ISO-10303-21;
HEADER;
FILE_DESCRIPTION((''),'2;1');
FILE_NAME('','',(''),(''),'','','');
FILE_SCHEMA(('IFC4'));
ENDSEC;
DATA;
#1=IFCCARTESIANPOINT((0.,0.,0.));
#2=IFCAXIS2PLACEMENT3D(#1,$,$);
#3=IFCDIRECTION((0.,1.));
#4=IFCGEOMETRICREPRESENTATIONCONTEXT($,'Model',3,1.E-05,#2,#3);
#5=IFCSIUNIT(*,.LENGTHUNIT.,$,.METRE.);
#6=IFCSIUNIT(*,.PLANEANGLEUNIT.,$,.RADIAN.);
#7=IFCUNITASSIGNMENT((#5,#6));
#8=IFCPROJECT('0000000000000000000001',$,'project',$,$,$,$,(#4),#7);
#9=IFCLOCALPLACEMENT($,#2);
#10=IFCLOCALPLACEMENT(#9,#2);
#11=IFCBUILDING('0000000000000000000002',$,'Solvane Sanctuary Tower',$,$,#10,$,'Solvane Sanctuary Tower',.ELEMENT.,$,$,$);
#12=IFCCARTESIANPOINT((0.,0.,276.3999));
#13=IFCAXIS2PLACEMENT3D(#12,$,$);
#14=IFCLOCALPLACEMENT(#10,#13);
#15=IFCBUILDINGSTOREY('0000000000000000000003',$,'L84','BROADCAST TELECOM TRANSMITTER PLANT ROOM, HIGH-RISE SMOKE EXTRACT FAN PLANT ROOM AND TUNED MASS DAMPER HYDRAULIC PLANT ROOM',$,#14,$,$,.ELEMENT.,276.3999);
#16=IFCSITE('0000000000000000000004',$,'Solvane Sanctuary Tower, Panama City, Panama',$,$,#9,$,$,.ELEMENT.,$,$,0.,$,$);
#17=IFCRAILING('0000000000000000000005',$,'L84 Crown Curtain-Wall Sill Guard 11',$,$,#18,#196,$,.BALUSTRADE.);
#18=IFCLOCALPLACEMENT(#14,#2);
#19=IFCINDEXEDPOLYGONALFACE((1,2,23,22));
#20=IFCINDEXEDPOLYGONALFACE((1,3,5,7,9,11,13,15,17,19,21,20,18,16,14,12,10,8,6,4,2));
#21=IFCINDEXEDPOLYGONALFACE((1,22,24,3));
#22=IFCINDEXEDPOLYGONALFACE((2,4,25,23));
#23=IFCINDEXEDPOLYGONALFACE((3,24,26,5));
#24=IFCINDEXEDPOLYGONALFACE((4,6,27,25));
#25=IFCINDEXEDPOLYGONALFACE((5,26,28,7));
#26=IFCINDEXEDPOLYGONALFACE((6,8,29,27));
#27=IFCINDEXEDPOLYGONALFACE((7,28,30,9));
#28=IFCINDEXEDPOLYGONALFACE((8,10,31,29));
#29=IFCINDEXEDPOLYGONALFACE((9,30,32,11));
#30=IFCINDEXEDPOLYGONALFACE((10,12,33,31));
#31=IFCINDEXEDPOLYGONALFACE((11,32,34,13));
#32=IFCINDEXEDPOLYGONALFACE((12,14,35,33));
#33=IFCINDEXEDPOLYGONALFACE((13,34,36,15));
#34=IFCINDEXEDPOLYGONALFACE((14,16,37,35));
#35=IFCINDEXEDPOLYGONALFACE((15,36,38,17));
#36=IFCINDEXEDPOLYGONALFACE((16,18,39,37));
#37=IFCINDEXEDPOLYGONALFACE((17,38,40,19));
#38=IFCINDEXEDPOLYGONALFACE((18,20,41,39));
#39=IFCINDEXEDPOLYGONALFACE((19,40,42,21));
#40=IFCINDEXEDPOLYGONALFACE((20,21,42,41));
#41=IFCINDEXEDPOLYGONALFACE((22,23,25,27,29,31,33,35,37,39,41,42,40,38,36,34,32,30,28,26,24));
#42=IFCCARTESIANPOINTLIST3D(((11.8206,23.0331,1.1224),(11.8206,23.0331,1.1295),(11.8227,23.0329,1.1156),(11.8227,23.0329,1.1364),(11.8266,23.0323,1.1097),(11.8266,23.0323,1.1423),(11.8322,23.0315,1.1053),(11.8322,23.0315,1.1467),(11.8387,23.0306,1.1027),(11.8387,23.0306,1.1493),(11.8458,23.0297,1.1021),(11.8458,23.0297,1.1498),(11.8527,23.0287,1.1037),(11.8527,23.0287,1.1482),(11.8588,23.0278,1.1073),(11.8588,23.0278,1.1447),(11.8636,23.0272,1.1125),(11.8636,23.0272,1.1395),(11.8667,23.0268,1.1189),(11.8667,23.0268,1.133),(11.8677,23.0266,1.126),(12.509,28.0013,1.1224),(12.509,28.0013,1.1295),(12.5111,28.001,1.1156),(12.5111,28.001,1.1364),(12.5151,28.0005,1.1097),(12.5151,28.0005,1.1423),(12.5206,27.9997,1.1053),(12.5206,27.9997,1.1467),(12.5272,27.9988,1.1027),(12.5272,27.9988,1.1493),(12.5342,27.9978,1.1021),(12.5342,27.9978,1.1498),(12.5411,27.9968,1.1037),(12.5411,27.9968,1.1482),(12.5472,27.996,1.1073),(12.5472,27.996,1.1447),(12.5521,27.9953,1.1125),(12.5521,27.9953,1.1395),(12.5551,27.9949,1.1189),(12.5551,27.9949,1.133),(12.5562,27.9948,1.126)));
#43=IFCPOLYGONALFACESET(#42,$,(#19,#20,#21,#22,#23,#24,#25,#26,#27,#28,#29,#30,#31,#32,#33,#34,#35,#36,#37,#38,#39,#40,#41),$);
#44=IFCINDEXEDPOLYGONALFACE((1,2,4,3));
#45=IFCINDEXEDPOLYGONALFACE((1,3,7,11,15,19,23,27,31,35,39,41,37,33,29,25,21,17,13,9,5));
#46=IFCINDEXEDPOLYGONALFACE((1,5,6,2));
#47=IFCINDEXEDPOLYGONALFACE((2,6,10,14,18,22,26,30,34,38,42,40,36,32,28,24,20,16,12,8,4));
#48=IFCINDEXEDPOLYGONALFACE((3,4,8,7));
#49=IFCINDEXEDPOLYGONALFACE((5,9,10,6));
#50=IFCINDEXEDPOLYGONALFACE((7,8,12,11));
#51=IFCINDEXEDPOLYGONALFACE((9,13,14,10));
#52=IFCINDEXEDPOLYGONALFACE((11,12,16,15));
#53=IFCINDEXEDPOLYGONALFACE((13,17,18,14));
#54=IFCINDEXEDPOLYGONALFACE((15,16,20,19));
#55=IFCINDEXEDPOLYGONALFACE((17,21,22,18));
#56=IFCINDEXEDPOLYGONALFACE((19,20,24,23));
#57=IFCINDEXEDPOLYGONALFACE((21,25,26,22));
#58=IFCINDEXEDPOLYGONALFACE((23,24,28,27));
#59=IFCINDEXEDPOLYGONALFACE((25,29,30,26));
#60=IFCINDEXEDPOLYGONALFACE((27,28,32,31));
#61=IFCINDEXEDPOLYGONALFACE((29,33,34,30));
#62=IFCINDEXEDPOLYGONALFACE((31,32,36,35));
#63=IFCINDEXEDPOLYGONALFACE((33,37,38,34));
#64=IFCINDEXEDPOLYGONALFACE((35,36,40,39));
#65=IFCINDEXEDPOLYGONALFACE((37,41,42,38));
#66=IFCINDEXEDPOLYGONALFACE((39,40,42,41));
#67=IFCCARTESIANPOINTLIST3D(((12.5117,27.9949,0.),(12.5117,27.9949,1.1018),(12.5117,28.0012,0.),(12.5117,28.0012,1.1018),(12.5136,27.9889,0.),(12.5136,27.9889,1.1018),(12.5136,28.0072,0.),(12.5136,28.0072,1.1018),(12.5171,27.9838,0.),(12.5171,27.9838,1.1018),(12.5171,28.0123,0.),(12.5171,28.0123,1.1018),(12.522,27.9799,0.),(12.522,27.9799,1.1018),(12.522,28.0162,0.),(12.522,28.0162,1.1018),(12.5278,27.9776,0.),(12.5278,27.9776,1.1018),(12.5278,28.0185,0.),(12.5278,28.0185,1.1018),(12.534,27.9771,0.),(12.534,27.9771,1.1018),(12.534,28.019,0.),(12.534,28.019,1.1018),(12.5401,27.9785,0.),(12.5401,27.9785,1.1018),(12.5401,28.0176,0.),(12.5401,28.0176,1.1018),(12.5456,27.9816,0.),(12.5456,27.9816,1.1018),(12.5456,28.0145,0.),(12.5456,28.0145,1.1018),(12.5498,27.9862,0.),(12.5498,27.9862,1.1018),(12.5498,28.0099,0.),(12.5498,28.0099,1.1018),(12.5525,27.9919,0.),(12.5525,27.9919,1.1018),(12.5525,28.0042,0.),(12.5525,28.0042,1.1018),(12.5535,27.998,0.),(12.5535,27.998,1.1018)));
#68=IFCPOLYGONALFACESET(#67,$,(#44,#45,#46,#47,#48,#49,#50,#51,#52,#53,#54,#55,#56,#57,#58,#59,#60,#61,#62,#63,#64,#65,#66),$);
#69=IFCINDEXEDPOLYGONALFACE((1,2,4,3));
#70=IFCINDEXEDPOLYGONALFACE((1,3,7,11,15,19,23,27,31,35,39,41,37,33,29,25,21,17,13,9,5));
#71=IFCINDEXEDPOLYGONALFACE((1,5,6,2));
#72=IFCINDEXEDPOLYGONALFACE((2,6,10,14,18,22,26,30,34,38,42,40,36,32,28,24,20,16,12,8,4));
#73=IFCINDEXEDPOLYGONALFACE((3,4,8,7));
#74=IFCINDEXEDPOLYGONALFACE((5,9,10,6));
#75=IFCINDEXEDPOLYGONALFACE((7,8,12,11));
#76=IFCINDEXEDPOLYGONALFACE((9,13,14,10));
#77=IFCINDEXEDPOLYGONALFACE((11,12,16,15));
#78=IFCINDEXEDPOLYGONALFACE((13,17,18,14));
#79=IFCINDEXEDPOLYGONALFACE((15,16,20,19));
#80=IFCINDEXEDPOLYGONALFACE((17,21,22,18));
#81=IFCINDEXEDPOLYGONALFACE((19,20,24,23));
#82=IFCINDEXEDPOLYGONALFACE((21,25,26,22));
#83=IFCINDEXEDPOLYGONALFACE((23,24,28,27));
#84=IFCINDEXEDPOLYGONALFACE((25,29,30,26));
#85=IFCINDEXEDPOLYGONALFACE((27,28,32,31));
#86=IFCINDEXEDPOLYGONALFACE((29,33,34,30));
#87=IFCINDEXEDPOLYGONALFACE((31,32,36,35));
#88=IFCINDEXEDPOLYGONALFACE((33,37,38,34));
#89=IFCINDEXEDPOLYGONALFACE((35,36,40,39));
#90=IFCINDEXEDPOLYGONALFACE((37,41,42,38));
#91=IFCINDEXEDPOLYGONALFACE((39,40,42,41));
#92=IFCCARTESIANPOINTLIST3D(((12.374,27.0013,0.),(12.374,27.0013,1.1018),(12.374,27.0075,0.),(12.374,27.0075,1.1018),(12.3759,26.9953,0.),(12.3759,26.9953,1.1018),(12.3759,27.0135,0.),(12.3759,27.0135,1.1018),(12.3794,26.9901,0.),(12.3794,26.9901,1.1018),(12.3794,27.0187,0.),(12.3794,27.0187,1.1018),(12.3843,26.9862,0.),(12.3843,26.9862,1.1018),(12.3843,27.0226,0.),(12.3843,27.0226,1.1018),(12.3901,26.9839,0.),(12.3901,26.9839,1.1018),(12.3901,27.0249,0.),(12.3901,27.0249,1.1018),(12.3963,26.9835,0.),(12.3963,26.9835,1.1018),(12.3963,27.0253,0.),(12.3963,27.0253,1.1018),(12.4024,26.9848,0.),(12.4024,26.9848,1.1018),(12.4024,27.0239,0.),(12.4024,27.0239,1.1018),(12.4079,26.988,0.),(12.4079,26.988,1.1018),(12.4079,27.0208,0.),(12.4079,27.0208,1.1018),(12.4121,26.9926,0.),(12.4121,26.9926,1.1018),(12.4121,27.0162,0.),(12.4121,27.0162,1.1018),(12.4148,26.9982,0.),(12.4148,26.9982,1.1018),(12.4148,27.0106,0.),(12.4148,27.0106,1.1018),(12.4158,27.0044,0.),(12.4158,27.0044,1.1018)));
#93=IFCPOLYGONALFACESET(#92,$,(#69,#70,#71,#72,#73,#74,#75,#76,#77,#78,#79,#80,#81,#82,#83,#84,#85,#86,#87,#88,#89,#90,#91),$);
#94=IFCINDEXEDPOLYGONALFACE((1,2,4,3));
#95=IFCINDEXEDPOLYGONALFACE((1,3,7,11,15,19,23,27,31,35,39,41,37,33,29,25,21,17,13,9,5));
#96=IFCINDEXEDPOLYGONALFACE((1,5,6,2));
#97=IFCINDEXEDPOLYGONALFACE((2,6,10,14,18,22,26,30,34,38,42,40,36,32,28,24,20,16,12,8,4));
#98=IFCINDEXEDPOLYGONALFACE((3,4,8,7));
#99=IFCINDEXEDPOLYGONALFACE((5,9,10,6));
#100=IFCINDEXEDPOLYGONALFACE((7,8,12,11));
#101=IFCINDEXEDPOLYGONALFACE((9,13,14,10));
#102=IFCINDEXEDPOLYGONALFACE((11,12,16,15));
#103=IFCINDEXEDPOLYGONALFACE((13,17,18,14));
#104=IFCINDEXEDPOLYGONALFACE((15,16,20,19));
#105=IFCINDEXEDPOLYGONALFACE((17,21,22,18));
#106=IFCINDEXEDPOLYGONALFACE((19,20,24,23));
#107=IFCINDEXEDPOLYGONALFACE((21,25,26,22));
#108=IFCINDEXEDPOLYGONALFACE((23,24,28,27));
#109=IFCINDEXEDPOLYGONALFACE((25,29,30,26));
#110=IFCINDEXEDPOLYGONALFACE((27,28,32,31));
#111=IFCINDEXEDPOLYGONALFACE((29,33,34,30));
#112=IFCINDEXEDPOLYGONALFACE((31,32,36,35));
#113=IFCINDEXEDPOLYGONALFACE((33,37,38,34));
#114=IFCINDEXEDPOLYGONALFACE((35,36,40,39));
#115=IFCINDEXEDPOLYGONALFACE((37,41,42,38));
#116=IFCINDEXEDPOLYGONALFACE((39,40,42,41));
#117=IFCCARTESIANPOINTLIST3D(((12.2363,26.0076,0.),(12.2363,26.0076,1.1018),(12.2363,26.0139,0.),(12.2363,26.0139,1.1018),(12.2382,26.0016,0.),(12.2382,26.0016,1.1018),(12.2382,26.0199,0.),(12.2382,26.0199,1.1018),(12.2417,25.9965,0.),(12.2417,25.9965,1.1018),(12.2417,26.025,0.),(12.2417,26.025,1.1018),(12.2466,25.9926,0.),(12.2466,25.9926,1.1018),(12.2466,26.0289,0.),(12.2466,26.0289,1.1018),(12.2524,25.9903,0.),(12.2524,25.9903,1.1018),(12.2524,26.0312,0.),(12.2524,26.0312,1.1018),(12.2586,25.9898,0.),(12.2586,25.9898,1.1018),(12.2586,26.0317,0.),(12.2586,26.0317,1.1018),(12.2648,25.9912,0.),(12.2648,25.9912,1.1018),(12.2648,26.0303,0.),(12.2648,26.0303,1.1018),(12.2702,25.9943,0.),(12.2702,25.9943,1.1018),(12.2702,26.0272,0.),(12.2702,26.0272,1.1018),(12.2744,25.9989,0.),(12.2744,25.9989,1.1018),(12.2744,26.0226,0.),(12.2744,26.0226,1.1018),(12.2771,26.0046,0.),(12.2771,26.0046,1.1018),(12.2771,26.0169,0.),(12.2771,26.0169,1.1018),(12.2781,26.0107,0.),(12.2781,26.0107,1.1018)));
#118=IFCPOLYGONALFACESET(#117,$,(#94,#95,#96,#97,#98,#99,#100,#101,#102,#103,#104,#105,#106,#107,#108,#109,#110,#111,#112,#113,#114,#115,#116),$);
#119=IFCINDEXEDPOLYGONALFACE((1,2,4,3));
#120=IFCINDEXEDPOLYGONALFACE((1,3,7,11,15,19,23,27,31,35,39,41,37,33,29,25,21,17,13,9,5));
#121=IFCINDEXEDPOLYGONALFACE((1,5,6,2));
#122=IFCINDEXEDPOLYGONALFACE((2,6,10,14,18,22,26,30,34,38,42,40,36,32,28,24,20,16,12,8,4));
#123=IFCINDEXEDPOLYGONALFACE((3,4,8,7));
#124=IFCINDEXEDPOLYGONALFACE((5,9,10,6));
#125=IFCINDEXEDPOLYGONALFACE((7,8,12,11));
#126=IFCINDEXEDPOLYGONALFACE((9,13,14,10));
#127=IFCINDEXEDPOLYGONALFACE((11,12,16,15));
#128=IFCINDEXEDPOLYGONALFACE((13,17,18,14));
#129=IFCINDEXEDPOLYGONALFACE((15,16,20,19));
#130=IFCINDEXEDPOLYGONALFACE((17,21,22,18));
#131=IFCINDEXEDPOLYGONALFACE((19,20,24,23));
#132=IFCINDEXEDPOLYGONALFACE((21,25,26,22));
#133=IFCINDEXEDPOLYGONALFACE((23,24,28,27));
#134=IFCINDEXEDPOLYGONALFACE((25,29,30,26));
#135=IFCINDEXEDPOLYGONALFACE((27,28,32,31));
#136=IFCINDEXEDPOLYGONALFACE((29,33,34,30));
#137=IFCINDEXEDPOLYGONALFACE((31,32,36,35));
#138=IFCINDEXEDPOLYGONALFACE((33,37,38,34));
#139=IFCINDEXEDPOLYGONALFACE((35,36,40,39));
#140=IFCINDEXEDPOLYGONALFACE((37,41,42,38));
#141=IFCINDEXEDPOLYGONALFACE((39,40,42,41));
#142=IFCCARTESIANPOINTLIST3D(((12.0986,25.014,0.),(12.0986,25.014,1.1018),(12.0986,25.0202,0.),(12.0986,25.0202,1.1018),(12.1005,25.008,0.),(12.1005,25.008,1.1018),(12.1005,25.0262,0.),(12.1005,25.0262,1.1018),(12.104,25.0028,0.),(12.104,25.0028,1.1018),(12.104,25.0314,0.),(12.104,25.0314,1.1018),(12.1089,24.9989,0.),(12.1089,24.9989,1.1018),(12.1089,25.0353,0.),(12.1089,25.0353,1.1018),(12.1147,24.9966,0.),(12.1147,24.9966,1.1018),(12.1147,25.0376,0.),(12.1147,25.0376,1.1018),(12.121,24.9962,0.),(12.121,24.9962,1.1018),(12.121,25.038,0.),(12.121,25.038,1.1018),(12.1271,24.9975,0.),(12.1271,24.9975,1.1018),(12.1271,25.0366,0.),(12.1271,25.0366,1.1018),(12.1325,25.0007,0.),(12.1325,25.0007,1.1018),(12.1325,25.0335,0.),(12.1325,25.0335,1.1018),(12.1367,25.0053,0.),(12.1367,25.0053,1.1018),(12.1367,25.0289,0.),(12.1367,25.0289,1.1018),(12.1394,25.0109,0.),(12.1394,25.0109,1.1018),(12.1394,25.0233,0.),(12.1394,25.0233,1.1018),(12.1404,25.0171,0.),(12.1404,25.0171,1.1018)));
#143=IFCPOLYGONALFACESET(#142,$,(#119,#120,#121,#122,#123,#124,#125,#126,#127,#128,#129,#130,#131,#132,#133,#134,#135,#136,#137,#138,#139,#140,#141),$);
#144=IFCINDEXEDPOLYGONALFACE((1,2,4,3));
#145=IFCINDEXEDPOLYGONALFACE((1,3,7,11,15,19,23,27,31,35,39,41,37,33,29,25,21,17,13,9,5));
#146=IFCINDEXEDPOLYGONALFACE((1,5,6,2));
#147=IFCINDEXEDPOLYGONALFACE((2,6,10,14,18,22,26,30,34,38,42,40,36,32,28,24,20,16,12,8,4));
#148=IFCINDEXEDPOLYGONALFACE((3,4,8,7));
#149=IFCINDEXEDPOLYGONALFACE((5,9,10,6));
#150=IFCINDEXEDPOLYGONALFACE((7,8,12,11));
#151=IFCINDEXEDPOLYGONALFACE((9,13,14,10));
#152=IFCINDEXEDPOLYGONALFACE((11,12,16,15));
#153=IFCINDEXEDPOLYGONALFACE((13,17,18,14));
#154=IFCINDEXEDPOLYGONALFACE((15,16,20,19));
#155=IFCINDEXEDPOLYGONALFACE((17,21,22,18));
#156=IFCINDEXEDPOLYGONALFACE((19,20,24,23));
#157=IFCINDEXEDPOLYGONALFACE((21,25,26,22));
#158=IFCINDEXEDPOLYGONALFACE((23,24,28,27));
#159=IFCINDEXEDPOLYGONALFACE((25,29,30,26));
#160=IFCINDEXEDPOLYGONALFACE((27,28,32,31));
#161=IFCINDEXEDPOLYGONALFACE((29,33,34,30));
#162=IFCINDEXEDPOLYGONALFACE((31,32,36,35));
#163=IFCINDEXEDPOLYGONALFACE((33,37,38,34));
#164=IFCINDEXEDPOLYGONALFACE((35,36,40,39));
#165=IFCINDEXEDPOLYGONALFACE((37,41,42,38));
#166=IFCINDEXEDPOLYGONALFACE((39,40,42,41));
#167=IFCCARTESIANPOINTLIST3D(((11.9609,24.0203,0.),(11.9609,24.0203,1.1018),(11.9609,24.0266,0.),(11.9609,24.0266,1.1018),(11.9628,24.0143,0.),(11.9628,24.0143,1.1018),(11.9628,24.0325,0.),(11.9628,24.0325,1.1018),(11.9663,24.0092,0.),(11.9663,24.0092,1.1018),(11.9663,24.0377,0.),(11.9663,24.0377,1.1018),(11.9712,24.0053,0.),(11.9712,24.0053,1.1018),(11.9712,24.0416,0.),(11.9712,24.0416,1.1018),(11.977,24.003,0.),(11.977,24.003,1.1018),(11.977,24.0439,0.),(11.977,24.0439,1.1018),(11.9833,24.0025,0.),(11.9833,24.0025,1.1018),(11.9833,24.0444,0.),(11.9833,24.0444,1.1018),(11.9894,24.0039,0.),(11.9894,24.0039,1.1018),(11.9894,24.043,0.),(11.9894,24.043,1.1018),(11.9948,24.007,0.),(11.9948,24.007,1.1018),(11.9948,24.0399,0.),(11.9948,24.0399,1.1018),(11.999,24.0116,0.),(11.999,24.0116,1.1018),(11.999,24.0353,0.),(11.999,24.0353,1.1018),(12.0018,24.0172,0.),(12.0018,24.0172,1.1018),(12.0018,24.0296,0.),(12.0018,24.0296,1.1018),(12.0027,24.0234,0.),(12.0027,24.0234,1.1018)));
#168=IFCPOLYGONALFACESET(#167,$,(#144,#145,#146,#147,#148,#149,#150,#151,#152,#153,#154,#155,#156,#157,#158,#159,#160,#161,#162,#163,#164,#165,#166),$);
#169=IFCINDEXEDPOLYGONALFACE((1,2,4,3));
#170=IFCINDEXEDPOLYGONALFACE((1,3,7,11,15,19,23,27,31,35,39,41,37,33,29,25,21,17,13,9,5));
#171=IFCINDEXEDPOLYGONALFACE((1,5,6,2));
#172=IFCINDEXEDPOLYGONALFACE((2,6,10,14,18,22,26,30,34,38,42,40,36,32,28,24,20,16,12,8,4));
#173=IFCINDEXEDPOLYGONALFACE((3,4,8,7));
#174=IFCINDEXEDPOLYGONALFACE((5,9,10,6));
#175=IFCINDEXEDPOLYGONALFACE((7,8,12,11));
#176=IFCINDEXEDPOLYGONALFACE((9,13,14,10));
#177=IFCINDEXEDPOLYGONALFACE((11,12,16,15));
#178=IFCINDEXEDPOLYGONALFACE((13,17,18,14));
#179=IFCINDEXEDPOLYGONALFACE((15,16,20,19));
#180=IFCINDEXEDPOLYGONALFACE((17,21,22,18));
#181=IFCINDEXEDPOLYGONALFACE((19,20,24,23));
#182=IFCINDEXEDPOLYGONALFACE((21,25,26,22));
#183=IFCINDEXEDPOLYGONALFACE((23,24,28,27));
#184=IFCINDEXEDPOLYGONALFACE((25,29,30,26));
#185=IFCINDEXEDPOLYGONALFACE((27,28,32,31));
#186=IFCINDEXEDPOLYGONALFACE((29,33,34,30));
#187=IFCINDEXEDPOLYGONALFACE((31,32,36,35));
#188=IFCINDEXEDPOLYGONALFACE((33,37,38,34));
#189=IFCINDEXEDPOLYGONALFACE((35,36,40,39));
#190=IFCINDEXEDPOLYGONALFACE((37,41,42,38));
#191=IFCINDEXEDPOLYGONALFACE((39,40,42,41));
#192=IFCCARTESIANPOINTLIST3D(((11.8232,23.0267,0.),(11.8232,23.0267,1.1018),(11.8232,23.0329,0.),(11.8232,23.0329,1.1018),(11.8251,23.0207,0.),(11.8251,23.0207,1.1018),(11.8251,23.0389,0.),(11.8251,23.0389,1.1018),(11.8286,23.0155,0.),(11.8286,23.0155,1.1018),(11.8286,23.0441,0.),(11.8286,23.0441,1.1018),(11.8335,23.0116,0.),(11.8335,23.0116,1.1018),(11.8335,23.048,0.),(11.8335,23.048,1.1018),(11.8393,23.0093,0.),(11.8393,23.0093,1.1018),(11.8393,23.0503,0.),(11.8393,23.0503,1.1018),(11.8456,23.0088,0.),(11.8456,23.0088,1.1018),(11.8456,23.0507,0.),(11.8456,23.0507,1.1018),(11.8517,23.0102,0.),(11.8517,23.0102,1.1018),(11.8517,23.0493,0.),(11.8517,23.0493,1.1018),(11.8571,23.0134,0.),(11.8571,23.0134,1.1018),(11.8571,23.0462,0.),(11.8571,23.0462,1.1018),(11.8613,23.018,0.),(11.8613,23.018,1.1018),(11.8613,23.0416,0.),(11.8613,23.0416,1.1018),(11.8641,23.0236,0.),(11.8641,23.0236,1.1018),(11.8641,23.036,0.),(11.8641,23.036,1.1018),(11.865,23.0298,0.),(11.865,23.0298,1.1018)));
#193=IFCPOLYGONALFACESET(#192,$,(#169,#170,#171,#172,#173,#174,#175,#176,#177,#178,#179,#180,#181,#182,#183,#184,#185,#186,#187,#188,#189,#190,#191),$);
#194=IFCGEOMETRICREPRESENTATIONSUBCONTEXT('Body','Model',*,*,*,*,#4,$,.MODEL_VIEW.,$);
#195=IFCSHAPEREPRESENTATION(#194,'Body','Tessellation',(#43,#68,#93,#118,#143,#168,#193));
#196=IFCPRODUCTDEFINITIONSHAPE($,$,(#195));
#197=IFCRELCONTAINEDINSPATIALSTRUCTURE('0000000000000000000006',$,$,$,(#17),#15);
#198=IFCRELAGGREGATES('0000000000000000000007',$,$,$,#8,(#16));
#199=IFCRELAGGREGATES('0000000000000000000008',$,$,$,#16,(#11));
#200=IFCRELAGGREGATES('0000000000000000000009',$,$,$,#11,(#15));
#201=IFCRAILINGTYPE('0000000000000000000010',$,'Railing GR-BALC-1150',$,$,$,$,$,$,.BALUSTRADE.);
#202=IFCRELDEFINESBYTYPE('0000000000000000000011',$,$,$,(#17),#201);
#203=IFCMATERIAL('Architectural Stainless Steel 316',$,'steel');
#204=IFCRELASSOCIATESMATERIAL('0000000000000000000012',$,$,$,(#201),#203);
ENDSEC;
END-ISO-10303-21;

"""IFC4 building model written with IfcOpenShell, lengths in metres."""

from ifc_helpers import new_model, si_unit, direction, frame, origin, origin_2d, place, context, subcontext, project, spatial, circle, extrude, material, type_object, element, save


model = new_model("IFC4")

# Units and contexts
model_context = context("Model", 3, precision=1e-05, world=origin(), true_north=direction((0.0, 1.0)))
body_context = subcontext(model_context, "Body", "Model", "MODEL_VIEW")
ifc_project = project(units=[si_unit("LENGTHUNIT", "METRE"), si_unit("PLANEANGLEUNIT", "RADIAN")], contexts=[model_context])

# Site, building, storey
site_placement = place(None, origin())
site = spatial("IfcSite", under=ifc_project, at=site_placement, Name="Solvane Sanctuary Tower, Panama City, Panama", CompositionType="ELEMENT", RefElevation=0.0)
building_placement = place(site_placement, origin())
building = spatial("IfcBuilding", under=site, at=building_placement, Name="Solvane Sanctuary Tower", LongName="Solvane Sanctuary Tower", CompositionType="ELEMENT")
storey_placement = place(building_placement, frame((0.0, 0.0, 276.3999)))
storey = spatial("IfcBuildingStorey", under=building, at=storey_placement, Name="L84", Description="BROADCAST TELECOM TRANSMITTER PLANT ROOM, HIGH-RISE SMOKE EXTRACT FAN PLANT ROOM AND TUNED MASS DAMPER HYDRAULIC PLANT ROOM", CompositionType="ELEMENT", Elevation=276.3999)

# Shared definitions
ifc_material_1 = material(Name="Architectural Stainless Steel 316", Category="steel")

# Railing
railing_type = type_object("IfcRailingType", Name="Railing GR-BALC-1150", PredefinedType="BALUSTRADE", material=ifc_material_1)
railing_placement = place(storey_placement, frame((12.5325, 27.998, 0.0)))
element("IfcRailing", 1, at=railing_placement, inside=storey, type_object=railing_type, Name="L84 Crown Curtain-Wall Sill Guard 11", PredefinedType="BALUSTRADE", context=body_context, shape_type="SweptSolid", body=[
    extrude(circle(Radius=0.0239, at=origin_2d()), frame((0.0, 0.0, 1.126), z_axis=(-0.137263, -0.990535, 0.0), x_axis=(0.990535, -0.137263, 0.0)), (0.0, 0.0, 1.0), 5.0156),
    extrude(circle(Radius=0.021, at=origin_2d()), origin(), (0.0, 0.0, 1.0), 1.1018),
    extrude(circle(Radius=0.021, at=origin_2d()), frame((-0.1377, -0.9937, 0.0)), (0.0, 0.0, 1.0), 1.1018),
    extrude(circle(Radius=0.021, at=origin_2d()), frame((-0.2754, -1.9873, 0.0)), (0.0, 0.0, 1.0), 1.1018),
    extrude(circle(Radius=0.021, at=origin_2d()), frame((-0.4131, -2.981, 0.0)), (0.0, 0.0, 1.0), 1.1018),
    extrude(circle(Radius=0.021, at=origin_2d()), frame((-0.5508, -3.9746, 0.0)), (0.0, 0.0, 1.0), 1.1018),
    extrude(circle(Radius=0.021, at=origin_2d()), frame((-0.6885, -4.9683, 0.0)), (0.0, 0.0, 1.0), 1.1018),
])

save(model, "model.ifc")
